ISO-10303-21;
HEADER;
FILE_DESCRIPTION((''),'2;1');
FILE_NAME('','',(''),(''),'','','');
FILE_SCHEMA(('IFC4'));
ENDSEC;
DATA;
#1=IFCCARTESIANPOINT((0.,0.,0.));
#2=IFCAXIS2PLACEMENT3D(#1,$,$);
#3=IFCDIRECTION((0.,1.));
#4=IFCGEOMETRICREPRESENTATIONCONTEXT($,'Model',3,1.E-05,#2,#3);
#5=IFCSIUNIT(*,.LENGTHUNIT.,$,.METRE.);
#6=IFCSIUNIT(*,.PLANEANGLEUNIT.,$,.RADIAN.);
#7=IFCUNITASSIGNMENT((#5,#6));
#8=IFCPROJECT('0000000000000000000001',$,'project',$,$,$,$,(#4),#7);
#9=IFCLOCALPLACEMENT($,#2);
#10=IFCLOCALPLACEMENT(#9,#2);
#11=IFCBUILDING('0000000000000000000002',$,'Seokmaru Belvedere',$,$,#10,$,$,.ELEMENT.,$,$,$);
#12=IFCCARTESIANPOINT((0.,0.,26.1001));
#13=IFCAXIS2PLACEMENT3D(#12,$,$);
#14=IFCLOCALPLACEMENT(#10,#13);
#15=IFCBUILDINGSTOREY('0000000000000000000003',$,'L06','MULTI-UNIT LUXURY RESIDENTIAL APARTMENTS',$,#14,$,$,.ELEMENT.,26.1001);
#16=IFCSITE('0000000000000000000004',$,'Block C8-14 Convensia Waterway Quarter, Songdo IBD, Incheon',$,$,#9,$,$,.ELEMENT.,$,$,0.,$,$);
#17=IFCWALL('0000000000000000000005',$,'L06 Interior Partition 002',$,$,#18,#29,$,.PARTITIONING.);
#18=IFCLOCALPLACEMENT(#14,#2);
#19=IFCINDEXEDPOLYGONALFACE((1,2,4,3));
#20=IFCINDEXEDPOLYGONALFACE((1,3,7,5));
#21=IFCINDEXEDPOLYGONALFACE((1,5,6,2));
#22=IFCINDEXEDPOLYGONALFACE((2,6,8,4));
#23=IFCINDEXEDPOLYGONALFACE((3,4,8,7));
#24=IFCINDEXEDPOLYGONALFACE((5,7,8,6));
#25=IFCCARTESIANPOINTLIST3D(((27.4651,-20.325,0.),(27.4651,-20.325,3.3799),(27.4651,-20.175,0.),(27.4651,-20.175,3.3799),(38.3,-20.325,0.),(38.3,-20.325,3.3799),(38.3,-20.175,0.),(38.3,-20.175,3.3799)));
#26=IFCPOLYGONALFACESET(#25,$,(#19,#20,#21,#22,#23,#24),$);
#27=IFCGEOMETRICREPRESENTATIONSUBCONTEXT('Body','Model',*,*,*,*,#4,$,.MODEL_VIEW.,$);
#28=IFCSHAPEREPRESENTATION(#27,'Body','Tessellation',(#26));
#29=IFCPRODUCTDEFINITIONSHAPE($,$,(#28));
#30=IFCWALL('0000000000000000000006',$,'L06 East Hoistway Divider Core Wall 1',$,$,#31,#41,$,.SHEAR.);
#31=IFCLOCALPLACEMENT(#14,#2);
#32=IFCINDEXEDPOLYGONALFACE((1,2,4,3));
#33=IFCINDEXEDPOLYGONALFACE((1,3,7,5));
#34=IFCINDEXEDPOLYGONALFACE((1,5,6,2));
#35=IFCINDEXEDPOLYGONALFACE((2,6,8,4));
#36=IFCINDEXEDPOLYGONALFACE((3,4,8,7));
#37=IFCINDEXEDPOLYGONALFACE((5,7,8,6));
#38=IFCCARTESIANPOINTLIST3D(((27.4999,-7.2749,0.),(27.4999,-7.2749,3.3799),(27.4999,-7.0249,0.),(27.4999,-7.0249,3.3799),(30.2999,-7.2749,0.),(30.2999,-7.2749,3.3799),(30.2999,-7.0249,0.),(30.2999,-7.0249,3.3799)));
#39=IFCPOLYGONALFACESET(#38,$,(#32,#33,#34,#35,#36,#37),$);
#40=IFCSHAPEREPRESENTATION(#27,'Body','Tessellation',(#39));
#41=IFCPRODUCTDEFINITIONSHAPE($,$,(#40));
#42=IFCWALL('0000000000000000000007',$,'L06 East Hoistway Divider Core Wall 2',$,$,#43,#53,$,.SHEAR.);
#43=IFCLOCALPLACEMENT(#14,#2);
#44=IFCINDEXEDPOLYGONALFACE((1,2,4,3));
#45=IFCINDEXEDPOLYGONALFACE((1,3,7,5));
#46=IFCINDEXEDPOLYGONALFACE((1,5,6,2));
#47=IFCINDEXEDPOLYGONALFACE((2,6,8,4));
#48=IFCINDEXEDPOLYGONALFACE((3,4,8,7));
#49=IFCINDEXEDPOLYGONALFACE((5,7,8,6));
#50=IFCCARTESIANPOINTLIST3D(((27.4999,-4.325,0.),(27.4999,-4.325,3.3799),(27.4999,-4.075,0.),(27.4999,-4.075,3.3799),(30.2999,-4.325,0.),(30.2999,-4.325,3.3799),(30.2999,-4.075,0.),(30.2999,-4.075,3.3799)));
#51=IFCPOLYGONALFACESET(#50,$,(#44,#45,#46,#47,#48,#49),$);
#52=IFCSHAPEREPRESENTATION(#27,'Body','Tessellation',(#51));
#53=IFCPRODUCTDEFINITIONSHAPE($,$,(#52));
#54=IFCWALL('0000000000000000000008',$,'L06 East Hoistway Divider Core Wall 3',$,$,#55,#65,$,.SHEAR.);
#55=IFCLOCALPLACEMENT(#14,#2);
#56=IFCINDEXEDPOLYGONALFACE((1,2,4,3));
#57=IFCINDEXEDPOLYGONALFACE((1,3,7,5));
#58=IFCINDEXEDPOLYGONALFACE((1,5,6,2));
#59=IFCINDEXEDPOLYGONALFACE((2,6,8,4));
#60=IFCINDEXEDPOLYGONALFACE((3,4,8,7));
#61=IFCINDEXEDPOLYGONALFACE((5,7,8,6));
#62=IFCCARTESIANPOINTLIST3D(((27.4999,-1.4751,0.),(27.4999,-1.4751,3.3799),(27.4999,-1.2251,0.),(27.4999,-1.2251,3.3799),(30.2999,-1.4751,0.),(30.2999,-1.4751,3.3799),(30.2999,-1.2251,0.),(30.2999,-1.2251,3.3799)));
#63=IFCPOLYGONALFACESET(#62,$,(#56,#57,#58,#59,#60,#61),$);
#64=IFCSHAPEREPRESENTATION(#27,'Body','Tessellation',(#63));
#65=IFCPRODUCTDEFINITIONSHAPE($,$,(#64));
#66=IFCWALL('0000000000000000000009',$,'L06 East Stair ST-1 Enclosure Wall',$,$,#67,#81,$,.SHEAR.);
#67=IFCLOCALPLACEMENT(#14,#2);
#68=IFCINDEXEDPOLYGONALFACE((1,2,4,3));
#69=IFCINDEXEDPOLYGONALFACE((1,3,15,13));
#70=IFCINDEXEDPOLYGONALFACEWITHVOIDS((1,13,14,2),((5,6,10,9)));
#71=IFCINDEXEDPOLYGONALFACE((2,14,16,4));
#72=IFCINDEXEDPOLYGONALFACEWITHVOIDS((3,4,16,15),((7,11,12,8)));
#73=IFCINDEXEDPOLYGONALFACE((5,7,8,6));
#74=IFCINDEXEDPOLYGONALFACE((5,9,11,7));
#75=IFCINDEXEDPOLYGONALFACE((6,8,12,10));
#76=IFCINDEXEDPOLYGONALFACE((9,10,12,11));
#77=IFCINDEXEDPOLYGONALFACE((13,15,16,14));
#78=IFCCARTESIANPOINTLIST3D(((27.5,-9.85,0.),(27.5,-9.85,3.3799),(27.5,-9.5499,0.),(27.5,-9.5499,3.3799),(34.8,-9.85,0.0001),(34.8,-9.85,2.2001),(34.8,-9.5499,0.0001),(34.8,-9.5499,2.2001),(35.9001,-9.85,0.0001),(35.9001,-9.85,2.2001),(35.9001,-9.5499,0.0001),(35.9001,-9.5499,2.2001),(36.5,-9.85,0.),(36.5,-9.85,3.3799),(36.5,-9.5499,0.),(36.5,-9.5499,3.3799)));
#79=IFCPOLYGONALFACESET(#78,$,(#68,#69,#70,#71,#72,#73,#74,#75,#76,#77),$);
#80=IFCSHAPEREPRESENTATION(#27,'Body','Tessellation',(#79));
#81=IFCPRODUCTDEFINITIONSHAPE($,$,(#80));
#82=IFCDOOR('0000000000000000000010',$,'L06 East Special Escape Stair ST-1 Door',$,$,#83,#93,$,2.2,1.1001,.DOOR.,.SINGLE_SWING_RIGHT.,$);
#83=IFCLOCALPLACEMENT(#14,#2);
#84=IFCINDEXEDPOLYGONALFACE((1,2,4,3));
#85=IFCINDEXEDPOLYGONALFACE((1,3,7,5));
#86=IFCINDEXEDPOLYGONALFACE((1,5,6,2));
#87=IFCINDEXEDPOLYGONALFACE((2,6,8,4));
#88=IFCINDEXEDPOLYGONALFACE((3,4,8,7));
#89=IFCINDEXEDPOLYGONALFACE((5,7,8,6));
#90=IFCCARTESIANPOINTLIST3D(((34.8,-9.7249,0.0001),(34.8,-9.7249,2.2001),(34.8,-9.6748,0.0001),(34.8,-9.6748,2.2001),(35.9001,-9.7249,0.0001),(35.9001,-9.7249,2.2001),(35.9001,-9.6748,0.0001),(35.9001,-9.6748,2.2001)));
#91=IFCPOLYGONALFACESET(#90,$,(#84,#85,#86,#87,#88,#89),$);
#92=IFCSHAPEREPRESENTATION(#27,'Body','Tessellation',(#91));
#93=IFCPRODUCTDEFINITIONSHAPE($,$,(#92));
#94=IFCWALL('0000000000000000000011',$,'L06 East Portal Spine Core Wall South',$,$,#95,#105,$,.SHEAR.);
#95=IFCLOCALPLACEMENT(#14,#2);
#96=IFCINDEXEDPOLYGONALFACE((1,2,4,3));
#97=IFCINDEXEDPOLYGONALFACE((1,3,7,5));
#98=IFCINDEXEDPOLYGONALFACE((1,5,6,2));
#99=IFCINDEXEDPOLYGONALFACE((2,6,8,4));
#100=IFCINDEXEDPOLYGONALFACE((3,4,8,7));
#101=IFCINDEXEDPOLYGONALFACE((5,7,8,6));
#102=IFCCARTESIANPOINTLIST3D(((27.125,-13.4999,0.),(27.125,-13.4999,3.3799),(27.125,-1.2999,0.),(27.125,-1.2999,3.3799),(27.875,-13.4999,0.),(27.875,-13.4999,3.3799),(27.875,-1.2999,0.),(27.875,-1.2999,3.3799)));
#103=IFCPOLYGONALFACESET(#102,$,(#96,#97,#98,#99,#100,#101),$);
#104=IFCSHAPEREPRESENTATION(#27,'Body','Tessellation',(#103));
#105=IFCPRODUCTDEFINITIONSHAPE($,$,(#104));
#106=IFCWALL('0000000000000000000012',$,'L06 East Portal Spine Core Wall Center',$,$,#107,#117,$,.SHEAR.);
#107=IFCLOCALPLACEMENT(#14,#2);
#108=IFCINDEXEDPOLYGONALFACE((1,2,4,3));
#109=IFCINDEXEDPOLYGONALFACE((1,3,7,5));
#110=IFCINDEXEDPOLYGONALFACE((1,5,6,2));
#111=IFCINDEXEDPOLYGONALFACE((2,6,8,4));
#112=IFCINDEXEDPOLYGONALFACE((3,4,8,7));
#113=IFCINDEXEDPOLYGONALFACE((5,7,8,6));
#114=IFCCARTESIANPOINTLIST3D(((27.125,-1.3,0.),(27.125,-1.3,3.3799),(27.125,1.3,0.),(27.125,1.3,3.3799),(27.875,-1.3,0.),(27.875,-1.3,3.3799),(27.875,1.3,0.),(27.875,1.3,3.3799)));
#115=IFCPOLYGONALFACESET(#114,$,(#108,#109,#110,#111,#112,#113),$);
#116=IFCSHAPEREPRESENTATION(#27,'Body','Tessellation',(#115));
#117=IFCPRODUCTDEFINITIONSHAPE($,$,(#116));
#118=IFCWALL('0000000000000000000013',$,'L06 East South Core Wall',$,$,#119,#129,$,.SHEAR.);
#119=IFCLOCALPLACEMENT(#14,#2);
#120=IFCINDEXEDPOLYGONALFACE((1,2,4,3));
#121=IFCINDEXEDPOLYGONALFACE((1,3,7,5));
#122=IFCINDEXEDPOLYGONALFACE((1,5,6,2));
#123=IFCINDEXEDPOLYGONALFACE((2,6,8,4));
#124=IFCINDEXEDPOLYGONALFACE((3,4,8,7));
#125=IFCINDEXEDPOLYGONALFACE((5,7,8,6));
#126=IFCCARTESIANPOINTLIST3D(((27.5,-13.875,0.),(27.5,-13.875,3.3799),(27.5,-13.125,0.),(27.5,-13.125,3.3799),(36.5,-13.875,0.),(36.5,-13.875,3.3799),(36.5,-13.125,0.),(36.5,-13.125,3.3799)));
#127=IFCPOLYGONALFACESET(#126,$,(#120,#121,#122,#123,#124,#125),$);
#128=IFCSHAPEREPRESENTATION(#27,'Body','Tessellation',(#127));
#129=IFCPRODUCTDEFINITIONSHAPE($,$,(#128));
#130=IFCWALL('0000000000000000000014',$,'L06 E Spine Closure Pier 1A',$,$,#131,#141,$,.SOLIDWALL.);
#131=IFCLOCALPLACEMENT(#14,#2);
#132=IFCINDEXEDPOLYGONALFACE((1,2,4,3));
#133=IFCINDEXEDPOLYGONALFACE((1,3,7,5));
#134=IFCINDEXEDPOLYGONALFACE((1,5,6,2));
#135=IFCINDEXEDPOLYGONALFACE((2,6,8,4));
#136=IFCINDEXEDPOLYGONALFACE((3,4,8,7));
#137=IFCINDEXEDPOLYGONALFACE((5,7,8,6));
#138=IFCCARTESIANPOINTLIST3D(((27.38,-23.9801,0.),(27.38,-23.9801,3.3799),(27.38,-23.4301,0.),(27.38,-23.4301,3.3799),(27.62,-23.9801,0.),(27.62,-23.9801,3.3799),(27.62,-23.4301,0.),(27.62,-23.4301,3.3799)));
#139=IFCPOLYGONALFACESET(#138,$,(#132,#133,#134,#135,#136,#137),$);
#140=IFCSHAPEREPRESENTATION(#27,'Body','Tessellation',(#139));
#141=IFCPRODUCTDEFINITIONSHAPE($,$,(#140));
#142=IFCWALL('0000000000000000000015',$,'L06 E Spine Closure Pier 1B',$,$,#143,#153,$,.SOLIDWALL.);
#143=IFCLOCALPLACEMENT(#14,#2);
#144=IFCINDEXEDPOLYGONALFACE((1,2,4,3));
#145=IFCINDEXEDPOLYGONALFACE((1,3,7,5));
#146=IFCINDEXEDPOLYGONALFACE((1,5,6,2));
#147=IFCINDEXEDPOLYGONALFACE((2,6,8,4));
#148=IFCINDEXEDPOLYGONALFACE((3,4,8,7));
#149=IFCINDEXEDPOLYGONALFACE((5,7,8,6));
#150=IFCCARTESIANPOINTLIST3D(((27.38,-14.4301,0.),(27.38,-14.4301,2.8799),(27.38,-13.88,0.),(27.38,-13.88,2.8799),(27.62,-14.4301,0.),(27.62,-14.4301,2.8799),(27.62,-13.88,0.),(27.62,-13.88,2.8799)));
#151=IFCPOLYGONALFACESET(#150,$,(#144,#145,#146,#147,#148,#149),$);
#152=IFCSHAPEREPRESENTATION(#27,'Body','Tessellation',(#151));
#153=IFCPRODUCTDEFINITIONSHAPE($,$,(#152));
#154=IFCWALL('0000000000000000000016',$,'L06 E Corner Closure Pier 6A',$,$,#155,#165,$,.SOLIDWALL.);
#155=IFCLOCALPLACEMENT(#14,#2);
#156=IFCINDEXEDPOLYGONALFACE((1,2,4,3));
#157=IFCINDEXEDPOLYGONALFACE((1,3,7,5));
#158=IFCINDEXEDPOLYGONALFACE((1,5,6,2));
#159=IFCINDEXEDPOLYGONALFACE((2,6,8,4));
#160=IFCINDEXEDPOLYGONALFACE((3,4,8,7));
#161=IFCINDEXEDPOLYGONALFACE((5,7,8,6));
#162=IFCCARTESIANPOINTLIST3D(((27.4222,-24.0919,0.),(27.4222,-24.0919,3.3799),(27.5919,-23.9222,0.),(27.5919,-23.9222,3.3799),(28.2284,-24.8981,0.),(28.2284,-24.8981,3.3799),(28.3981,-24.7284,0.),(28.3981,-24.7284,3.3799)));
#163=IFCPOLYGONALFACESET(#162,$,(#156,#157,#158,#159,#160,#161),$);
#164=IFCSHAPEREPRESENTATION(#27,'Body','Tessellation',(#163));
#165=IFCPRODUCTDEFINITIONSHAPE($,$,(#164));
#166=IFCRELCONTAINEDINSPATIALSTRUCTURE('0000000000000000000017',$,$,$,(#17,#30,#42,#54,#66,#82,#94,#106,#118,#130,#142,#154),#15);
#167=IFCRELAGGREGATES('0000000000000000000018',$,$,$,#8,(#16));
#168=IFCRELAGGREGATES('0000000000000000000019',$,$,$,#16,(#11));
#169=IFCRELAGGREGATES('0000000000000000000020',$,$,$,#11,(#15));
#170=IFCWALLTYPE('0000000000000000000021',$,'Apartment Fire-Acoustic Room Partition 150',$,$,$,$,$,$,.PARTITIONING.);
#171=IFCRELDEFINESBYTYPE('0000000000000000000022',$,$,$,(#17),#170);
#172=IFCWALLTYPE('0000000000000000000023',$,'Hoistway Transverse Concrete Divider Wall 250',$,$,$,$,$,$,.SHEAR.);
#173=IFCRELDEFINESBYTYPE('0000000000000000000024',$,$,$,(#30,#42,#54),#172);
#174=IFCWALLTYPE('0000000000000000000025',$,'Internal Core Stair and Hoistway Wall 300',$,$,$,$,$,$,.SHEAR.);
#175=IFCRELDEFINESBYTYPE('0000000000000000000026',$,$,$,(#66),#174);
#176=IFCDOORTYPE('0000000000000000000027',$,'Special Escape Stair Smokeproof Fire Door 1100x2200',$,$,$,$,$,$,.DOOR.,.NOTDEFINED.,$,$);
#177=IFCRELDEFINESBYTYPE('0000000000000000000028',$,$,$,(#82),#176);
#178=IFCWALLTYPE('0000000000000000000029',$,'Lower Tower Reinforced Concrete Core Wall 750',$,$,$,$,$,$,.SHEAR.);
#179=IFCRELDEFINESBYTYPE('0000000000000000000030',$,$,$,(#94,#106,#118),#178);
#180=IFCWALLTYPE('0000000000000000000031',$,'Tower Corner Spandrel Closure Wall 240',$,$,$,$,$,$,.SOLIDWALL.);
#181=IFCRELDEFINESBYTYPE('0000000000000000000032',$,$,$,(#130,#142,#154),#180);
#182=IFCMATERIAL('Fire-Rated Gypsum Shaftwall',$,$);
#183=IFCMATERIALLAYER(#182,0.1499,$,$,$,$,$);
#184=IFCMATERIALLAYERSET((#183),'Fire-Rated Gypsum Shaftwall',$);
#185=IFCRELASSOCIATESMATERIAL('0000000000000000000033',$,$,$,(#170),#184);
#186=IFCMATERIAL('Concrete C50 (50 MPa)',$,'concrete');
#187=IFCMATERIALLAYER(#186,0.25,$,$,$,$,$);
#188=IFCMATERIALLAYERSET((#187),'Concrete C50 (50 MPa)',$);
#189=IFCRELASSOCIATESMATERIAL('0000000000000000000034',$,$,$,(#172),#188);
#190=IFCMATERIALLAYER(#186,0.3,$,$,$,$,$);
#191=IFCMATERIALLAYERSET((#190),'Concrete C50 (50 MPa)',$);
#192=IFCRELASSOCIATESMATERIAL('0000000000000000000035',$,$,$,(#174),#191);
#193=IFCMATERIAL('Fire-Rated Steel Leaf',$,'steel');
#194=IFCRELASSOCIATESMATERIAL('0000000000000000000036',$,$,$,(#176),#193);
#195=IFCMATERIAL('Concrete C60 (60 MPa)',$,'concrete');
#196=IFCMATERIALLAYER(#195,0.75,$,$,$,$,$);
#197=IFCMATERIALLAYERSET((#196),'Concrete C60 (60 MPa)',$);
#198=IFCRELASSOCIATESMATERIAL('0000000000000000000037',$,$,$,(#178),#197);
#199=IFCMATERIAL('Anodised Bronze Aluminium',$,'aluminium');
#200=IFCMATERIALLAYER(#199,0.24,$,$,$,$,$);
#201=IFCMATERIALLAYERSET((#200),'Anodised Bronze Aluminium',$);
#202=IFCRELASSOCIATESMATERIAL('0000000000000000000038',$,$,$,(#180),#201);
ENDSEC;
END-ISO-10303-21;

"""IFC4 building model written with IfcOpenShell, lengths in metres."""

from ifc_helpers import new_model, si_unit, direction, frame, frame_2d, origin, place, context, subcontext, project, spatial, rectangle, extrude, source, transform, mapped, material, layer, layer_set, type_object, type_shapes, element, fill, save


model = new_model("IFC4")

# Units and contexts
model_context = context("Model", 3, precision=1e-05, world=origin(), true_north=direction((0.0, 1.0)))
body_context = subcontext(model_context, "Body", "Model", "MODEL_VIEW")
ifc_project = project(units=[si_unit("LENGTHUNIT", "METRE"), si_unit("PLANEANGLEUNIT", "RADIAN")], contexts=[model_context])

# Site, building, storey
site_placement = place(None, origin())
site = spatial("IfcSite", under=ifc_project, at=site_placement, Name="Block C8-14 Convensia Waterway Quarter, Songdo IBD, Incheon", CompositionType="ELEMENT", RefElevation=0.0)
building_placement = place(site_placement, origin())
building = spatial("IfcBuilding", under=site, at=building_placement, Name="Seokmaru Belvedere", CompositionType="ELEMENT")
storey_placement = place(building_placement, frame((0.0, 0.0, 26.1001)))
storey = spatial("IfcBuildingStorey", under=building, at=storey_placement, Name="L06", Description="MULTI-UNIT LUXURY RESIDENTIAL APARTMENTS", CompositionType="ELEMENT", Elevation=26.1001)

# Shared definitions
ifc_material_1 = material(Name="Anodised Bronze Aluminium", Category="aluminium")

# Walls
ifc_material_2 = material(Name="Fire-Rated Gypsum Shaftwall")
ifc_layer_1 = layer(ifc_material_2, 0.1499)
ifc_layer_set_1 = layer_set([ifc_layer_1], Name="Fire-Rated Gypsum Shaftwall")
wall_type_1 = type_object("IfcWallType", Name="Apartment Fire-Acoustic Room Partition 150", PredefinedType="PARTITIONING", material=ifc_layer_set_1)
wall_1_placement = place(storey_placement, frame((27.4651, -20.25, 0.0), z_axis=(0.0, 0.0, 1.0), x_axis=(1.0, 0.0, 0.0)))
element("IfcWall", 1, at=wall_1_placement, inside=storey, type_object=wall_type_1, Name="L06 Interior Partition 002", PredefinedType="PARTITIONING", context=body_context, shape_type="SweptSolid", body=[
    extrude(rectangle(XDim=10.835, YDim=0.1499, at=frame_2d((5.4175, 0.0))), origin(), (0.0, 0.0, 1.0), 3.3799),
])
ifc_material_3 = material(Name="Concrete C50 (50 MPa)", Category="concrete")
ifc_layer_2 = layer(ifc_material_3, 0.25)
ifc_layer_set_2 = layer_set([ifc_layer_2], Name="Concrete C50 (50 MPa)")
wall_type_2 = type_object("IfcWallType", Name="Hoistway Transverse Concrete Divider Wall 250", PredefinedType="SHEAR", material=ifc_layer_set_2)
for number, where, z_axis, x_axis, name in (
    (2, (27.5, -7.1499, 0.0), (0.0, 0.0, 1.0), (1.0, 0.0, 0.0), "L06 East Hoistway Divider Core Wall 1"),
    (3, (27.5, -4.2, 0.0), (0.0, 0.0, 1.0), (1.0, 0.0, 0.0), "L06 East Hoistway Divider Core Wall 2"),
    (4, (27.5, -1.3501, 0.0), (0.0, 0.0, 1.0), (1.0, 0.0, 0.0), "L06 East Hoistway Divider Core Wall 3"),
):
    element("IfcWall", number, at=place(storey_placement, frame(where, z_axis=z_axis, x_axis=x_axis)), inside=storey, type_object=wall_type_2, Name=name, PredefinedType="SHEAR", context=body_context, shape_type="SweptSolid", body=[
        extrude(rectangle(XDim=2.8, YDim=0.25, at=frame_2d((1.3999, 0.0))), origin(), (0.0, 0.0, 1.0), 3.3799),
    ])

# Wall, opening, door
ifc_layer_3 = layer(ifc_material_3, 0.3)
ifc_layer_set_3 = layer_set([ifc_layer_3], Name="Concrete C50 (50 MPa)")
wall_type_3 = type_object("IfcWallType", Name="Internal Core Stair and Hoistway Wall 300", PredefinedType="SHEAR", material=ifc_layer_set_3)
wall_2_placement = place(storey_placement, frame((27.5, -9.7, 0.0), z_axis=(0.0, 0.0, 1.0), x_axis=(1.0, 0.0, 0.0)))
wall_2 = element("IfcWall", 5, at=wall_2_placement, inside=storey, type_object=wall_type_3, Name="L06 East Stair ST-1 Enclosure Wall", PredefinedType="SHEAR", context=body_context, shape_type="SweptSolid", body=[
    extrude(rectangle(XDim=9.0, YDim=0.3, at=frame_2d((4.5, 0.0))), origin(), (0.0, 0.0, 1.0), 3.3799),
])
opening_placement = place(wall_2_placement, frame((7.3, 0.0, 0.0)))
opening = element("IfcOpeningElement", 6, at=opening_placement, cuts=wall_2, PredefinedType="OPENING", context=body_context, shape_type="SweptSolid", body=[
    extrude(rectangle(XDim=1.1001, YDim=2.2, at=frame_2d((0.55, 1.1001))), frame((0.0, 0.1602, 0.0), z_axis=(0.0, -1.0, 0.0), x_axis=(1.0, 0.0, 0.0)), (0.0, 0.0, 1.0), 0.3201),
])
ifc_material_4 = material(Name="Fire-Rated Steel Leaf", Category="steel")
door_type = type_object("IfcDoorType", Name="Special Escape Stair Smokeproof Fire Door 1100x2200", OperationType="NOTDEFINED", PredefinedType="DOOR", material=ifc_material_4)
shared_shape_1 = source(origin(), body_context, "Body", "SweptSolid", [
    extrude(rectangle(XDim=1.1001, YDim=2.2, at=frame_2d((0.55, 1.1001))), frame((0.0, 0.0249, 0.0), z_axis=(0.0, -1.0, 0.0), x_axis=(1.0, 0.0, 0.0)), (0.0, 0.0, 1.0), 0.05),
])
type_shapes(door_type, [shared_shape_1])
door_placement = place(opening_placement, frame((1.1001, 0.0, 0.0), z_axis=(0.0, 0.0, 1.0), x_axis=(-1.0, 0.0, 0.0)))
door = element("IfcDoor", 7, at=door_placement, inside=storey, type_object=door_type, Name="L06 East Special Escape Stair ST-1 Door", OperationType="SINGLE_SWING_RIGHT", OverallHeight=2.2, OverallWidth=1.1001, PredefinedType="DOOR", context=body_context, shape_type="MappedRepresentation", body=[
    mapped(shared_shape_1, transform((0.0, 0.0, 0.0), scale=1.0)),
])
fill(opening, door)

# Walls
ifc_material_5 = material(Name="Concrete C60 (60 MPa)", Category="concrete")
ifc_layer_4 = layer(ifc_material_5, 0.75)
ifc_layer_set_4 = layer_set([ifc_layer_4], Name="Concrete C60 (60 MPa)")
wall_type_4 = type_object("IfcWallType", Name="Lower Tower Reinforced Concrete Core Wall 750", PredefinedType="SHEAR", material=ifc_layer_set_4)
wall_3_placement = place(storey_placement, frame((27.5, -13.5, 0.0), z_axis=(0.0, 0.0, 1.0), x_axis=(0.0, 1.0, 0.0)))
element("IfcWall", 8, at=wall_3_placement, inside=storey, type_object=wall_type_4, Name="L06 East Portal Spine Core Wall South", PredefinedType="SHEAR", context=body_context, shape_type="SweptSolid", body=[
    extrude(rectangle(XDim=12.2, YDim=0.75, at=frame_2d((6.1001, 0.0))), origin(), (0.0, 0.0, 1.0), 3.3799),
])
wall_4_placement = place(storey_placement, frame((27.5, -1.3, 0.0), z_axis=(0.0, 0.0, 1.0), x_axis=(0.0, 1.0, 0.0)))
element("IfcWall", 9, at=wall_4_placement, inside=storey, type_object=wall_type_4, Name="L06 East Portal Spine Core Wall Center", PredefinedType="SHEAR", context=body_context, shape_type="SweptSolid", body=[
    extrude(rectangle(XDim=2.6001, YDim=0.75, at=frame_2d((1.3, 0.0))), origin(), (0.0, 0.0, 1.0), 3.3799),
])
wall_5_placement = place(storey_placement, frame((27.5, -13.5, 0.0), z_axis=(0.0, 0.0, 1.0), x_axis=(1.0, 0.0, 0.0)))
element("IfcWall", 10, at=wall_5_placement, inside=storey, type_object=wall_type_4, Name="L06 East South Core Wall", PredefinedType="SHEAR", context=body_context, shape_type="SweptSolid", body=[
    extrude(rectangle(XDim=9.0, YDim=0.75, at=frame_2d((4.5, 0.0))), origin(), (0.0, 0.0, 1.0), 3.3799),
])
ifc_layer_5 = layer(ifc_material_1, 0.24)
ifc_layer_set_5 = layer_set([ifc_layer_5], Name="Anodised Bronze Aluminium")
wall_type_5 = type_object("IfcWallType", Name="Tower Corner Spandrel Closure Wall 240", PredefinedType="SOLIDWALL", material=ifc_layer_set_5)
wall_6_placement = place(storey_placement, frame((27.5, -23.98, 0.0), z_axis=(0.0, 0.0, 1.0), x_axis=(0.0, 1.0, 0.0)))
element("IfcWall", 11, at=wall_6_placement, inside=storey, type_object=wall_type_5, Name="L06 E Spine Closure Pier 1A", PredefinedType="SOLIDWALL", context=body_context, shape_type="SweptSolid", body=[
    extrude(rectangle(XDim=0.55, YDim=0.24, at=frame_2d((0.2749, 0.0))), origin(), (0.0, 0.0, 1.0), 3.3799),
])
wall_7_placement = place(storey_placement, frame((27.5, -14.4299, 0.0), z_axis=(0.0, 0.0, 1.0), x_axis=(0.0, 1.0, 0.0)))
element("IfcWall", 12, at=wall_7_placement, inside=storey, type_object=wall_type_5, Name="L06 E Spine Closure Pier 1B", PredefinedType="SOLIDWALL", context=body_context, shape_type="SweptSolid", body=[
    extrude(rectangle(XDim=0.55, YDim=0.24, at=frame_2d((0.2749, 0.0))), origin(), (0.0, 0.0, 1.0), 2.8799),
])
wall_8_placement = place(storey_placement, frame((27.5071, -24.0071, 0.0), z_axis=(0.0, 0.0, 1.0), x_axis=(0.707107, -0.707107, 0.0)))
element("IfcWall", 13, at=wall_8_placement, inside=storey, type_object=wall_type_5, Name="L06 E Corner Closure Pier 6A", PredefinedType="SOLIDWALL", context=body_context, shape_type="SweptSolid", body=[
    extrude(rectangle(XDim=1.1401, YDim=0.24, at=frame_2d((0.5701, 0.0))), origin(), (0.0, 0.0, 1.0), 3.3799),
])

save(model, "model.ifc")
